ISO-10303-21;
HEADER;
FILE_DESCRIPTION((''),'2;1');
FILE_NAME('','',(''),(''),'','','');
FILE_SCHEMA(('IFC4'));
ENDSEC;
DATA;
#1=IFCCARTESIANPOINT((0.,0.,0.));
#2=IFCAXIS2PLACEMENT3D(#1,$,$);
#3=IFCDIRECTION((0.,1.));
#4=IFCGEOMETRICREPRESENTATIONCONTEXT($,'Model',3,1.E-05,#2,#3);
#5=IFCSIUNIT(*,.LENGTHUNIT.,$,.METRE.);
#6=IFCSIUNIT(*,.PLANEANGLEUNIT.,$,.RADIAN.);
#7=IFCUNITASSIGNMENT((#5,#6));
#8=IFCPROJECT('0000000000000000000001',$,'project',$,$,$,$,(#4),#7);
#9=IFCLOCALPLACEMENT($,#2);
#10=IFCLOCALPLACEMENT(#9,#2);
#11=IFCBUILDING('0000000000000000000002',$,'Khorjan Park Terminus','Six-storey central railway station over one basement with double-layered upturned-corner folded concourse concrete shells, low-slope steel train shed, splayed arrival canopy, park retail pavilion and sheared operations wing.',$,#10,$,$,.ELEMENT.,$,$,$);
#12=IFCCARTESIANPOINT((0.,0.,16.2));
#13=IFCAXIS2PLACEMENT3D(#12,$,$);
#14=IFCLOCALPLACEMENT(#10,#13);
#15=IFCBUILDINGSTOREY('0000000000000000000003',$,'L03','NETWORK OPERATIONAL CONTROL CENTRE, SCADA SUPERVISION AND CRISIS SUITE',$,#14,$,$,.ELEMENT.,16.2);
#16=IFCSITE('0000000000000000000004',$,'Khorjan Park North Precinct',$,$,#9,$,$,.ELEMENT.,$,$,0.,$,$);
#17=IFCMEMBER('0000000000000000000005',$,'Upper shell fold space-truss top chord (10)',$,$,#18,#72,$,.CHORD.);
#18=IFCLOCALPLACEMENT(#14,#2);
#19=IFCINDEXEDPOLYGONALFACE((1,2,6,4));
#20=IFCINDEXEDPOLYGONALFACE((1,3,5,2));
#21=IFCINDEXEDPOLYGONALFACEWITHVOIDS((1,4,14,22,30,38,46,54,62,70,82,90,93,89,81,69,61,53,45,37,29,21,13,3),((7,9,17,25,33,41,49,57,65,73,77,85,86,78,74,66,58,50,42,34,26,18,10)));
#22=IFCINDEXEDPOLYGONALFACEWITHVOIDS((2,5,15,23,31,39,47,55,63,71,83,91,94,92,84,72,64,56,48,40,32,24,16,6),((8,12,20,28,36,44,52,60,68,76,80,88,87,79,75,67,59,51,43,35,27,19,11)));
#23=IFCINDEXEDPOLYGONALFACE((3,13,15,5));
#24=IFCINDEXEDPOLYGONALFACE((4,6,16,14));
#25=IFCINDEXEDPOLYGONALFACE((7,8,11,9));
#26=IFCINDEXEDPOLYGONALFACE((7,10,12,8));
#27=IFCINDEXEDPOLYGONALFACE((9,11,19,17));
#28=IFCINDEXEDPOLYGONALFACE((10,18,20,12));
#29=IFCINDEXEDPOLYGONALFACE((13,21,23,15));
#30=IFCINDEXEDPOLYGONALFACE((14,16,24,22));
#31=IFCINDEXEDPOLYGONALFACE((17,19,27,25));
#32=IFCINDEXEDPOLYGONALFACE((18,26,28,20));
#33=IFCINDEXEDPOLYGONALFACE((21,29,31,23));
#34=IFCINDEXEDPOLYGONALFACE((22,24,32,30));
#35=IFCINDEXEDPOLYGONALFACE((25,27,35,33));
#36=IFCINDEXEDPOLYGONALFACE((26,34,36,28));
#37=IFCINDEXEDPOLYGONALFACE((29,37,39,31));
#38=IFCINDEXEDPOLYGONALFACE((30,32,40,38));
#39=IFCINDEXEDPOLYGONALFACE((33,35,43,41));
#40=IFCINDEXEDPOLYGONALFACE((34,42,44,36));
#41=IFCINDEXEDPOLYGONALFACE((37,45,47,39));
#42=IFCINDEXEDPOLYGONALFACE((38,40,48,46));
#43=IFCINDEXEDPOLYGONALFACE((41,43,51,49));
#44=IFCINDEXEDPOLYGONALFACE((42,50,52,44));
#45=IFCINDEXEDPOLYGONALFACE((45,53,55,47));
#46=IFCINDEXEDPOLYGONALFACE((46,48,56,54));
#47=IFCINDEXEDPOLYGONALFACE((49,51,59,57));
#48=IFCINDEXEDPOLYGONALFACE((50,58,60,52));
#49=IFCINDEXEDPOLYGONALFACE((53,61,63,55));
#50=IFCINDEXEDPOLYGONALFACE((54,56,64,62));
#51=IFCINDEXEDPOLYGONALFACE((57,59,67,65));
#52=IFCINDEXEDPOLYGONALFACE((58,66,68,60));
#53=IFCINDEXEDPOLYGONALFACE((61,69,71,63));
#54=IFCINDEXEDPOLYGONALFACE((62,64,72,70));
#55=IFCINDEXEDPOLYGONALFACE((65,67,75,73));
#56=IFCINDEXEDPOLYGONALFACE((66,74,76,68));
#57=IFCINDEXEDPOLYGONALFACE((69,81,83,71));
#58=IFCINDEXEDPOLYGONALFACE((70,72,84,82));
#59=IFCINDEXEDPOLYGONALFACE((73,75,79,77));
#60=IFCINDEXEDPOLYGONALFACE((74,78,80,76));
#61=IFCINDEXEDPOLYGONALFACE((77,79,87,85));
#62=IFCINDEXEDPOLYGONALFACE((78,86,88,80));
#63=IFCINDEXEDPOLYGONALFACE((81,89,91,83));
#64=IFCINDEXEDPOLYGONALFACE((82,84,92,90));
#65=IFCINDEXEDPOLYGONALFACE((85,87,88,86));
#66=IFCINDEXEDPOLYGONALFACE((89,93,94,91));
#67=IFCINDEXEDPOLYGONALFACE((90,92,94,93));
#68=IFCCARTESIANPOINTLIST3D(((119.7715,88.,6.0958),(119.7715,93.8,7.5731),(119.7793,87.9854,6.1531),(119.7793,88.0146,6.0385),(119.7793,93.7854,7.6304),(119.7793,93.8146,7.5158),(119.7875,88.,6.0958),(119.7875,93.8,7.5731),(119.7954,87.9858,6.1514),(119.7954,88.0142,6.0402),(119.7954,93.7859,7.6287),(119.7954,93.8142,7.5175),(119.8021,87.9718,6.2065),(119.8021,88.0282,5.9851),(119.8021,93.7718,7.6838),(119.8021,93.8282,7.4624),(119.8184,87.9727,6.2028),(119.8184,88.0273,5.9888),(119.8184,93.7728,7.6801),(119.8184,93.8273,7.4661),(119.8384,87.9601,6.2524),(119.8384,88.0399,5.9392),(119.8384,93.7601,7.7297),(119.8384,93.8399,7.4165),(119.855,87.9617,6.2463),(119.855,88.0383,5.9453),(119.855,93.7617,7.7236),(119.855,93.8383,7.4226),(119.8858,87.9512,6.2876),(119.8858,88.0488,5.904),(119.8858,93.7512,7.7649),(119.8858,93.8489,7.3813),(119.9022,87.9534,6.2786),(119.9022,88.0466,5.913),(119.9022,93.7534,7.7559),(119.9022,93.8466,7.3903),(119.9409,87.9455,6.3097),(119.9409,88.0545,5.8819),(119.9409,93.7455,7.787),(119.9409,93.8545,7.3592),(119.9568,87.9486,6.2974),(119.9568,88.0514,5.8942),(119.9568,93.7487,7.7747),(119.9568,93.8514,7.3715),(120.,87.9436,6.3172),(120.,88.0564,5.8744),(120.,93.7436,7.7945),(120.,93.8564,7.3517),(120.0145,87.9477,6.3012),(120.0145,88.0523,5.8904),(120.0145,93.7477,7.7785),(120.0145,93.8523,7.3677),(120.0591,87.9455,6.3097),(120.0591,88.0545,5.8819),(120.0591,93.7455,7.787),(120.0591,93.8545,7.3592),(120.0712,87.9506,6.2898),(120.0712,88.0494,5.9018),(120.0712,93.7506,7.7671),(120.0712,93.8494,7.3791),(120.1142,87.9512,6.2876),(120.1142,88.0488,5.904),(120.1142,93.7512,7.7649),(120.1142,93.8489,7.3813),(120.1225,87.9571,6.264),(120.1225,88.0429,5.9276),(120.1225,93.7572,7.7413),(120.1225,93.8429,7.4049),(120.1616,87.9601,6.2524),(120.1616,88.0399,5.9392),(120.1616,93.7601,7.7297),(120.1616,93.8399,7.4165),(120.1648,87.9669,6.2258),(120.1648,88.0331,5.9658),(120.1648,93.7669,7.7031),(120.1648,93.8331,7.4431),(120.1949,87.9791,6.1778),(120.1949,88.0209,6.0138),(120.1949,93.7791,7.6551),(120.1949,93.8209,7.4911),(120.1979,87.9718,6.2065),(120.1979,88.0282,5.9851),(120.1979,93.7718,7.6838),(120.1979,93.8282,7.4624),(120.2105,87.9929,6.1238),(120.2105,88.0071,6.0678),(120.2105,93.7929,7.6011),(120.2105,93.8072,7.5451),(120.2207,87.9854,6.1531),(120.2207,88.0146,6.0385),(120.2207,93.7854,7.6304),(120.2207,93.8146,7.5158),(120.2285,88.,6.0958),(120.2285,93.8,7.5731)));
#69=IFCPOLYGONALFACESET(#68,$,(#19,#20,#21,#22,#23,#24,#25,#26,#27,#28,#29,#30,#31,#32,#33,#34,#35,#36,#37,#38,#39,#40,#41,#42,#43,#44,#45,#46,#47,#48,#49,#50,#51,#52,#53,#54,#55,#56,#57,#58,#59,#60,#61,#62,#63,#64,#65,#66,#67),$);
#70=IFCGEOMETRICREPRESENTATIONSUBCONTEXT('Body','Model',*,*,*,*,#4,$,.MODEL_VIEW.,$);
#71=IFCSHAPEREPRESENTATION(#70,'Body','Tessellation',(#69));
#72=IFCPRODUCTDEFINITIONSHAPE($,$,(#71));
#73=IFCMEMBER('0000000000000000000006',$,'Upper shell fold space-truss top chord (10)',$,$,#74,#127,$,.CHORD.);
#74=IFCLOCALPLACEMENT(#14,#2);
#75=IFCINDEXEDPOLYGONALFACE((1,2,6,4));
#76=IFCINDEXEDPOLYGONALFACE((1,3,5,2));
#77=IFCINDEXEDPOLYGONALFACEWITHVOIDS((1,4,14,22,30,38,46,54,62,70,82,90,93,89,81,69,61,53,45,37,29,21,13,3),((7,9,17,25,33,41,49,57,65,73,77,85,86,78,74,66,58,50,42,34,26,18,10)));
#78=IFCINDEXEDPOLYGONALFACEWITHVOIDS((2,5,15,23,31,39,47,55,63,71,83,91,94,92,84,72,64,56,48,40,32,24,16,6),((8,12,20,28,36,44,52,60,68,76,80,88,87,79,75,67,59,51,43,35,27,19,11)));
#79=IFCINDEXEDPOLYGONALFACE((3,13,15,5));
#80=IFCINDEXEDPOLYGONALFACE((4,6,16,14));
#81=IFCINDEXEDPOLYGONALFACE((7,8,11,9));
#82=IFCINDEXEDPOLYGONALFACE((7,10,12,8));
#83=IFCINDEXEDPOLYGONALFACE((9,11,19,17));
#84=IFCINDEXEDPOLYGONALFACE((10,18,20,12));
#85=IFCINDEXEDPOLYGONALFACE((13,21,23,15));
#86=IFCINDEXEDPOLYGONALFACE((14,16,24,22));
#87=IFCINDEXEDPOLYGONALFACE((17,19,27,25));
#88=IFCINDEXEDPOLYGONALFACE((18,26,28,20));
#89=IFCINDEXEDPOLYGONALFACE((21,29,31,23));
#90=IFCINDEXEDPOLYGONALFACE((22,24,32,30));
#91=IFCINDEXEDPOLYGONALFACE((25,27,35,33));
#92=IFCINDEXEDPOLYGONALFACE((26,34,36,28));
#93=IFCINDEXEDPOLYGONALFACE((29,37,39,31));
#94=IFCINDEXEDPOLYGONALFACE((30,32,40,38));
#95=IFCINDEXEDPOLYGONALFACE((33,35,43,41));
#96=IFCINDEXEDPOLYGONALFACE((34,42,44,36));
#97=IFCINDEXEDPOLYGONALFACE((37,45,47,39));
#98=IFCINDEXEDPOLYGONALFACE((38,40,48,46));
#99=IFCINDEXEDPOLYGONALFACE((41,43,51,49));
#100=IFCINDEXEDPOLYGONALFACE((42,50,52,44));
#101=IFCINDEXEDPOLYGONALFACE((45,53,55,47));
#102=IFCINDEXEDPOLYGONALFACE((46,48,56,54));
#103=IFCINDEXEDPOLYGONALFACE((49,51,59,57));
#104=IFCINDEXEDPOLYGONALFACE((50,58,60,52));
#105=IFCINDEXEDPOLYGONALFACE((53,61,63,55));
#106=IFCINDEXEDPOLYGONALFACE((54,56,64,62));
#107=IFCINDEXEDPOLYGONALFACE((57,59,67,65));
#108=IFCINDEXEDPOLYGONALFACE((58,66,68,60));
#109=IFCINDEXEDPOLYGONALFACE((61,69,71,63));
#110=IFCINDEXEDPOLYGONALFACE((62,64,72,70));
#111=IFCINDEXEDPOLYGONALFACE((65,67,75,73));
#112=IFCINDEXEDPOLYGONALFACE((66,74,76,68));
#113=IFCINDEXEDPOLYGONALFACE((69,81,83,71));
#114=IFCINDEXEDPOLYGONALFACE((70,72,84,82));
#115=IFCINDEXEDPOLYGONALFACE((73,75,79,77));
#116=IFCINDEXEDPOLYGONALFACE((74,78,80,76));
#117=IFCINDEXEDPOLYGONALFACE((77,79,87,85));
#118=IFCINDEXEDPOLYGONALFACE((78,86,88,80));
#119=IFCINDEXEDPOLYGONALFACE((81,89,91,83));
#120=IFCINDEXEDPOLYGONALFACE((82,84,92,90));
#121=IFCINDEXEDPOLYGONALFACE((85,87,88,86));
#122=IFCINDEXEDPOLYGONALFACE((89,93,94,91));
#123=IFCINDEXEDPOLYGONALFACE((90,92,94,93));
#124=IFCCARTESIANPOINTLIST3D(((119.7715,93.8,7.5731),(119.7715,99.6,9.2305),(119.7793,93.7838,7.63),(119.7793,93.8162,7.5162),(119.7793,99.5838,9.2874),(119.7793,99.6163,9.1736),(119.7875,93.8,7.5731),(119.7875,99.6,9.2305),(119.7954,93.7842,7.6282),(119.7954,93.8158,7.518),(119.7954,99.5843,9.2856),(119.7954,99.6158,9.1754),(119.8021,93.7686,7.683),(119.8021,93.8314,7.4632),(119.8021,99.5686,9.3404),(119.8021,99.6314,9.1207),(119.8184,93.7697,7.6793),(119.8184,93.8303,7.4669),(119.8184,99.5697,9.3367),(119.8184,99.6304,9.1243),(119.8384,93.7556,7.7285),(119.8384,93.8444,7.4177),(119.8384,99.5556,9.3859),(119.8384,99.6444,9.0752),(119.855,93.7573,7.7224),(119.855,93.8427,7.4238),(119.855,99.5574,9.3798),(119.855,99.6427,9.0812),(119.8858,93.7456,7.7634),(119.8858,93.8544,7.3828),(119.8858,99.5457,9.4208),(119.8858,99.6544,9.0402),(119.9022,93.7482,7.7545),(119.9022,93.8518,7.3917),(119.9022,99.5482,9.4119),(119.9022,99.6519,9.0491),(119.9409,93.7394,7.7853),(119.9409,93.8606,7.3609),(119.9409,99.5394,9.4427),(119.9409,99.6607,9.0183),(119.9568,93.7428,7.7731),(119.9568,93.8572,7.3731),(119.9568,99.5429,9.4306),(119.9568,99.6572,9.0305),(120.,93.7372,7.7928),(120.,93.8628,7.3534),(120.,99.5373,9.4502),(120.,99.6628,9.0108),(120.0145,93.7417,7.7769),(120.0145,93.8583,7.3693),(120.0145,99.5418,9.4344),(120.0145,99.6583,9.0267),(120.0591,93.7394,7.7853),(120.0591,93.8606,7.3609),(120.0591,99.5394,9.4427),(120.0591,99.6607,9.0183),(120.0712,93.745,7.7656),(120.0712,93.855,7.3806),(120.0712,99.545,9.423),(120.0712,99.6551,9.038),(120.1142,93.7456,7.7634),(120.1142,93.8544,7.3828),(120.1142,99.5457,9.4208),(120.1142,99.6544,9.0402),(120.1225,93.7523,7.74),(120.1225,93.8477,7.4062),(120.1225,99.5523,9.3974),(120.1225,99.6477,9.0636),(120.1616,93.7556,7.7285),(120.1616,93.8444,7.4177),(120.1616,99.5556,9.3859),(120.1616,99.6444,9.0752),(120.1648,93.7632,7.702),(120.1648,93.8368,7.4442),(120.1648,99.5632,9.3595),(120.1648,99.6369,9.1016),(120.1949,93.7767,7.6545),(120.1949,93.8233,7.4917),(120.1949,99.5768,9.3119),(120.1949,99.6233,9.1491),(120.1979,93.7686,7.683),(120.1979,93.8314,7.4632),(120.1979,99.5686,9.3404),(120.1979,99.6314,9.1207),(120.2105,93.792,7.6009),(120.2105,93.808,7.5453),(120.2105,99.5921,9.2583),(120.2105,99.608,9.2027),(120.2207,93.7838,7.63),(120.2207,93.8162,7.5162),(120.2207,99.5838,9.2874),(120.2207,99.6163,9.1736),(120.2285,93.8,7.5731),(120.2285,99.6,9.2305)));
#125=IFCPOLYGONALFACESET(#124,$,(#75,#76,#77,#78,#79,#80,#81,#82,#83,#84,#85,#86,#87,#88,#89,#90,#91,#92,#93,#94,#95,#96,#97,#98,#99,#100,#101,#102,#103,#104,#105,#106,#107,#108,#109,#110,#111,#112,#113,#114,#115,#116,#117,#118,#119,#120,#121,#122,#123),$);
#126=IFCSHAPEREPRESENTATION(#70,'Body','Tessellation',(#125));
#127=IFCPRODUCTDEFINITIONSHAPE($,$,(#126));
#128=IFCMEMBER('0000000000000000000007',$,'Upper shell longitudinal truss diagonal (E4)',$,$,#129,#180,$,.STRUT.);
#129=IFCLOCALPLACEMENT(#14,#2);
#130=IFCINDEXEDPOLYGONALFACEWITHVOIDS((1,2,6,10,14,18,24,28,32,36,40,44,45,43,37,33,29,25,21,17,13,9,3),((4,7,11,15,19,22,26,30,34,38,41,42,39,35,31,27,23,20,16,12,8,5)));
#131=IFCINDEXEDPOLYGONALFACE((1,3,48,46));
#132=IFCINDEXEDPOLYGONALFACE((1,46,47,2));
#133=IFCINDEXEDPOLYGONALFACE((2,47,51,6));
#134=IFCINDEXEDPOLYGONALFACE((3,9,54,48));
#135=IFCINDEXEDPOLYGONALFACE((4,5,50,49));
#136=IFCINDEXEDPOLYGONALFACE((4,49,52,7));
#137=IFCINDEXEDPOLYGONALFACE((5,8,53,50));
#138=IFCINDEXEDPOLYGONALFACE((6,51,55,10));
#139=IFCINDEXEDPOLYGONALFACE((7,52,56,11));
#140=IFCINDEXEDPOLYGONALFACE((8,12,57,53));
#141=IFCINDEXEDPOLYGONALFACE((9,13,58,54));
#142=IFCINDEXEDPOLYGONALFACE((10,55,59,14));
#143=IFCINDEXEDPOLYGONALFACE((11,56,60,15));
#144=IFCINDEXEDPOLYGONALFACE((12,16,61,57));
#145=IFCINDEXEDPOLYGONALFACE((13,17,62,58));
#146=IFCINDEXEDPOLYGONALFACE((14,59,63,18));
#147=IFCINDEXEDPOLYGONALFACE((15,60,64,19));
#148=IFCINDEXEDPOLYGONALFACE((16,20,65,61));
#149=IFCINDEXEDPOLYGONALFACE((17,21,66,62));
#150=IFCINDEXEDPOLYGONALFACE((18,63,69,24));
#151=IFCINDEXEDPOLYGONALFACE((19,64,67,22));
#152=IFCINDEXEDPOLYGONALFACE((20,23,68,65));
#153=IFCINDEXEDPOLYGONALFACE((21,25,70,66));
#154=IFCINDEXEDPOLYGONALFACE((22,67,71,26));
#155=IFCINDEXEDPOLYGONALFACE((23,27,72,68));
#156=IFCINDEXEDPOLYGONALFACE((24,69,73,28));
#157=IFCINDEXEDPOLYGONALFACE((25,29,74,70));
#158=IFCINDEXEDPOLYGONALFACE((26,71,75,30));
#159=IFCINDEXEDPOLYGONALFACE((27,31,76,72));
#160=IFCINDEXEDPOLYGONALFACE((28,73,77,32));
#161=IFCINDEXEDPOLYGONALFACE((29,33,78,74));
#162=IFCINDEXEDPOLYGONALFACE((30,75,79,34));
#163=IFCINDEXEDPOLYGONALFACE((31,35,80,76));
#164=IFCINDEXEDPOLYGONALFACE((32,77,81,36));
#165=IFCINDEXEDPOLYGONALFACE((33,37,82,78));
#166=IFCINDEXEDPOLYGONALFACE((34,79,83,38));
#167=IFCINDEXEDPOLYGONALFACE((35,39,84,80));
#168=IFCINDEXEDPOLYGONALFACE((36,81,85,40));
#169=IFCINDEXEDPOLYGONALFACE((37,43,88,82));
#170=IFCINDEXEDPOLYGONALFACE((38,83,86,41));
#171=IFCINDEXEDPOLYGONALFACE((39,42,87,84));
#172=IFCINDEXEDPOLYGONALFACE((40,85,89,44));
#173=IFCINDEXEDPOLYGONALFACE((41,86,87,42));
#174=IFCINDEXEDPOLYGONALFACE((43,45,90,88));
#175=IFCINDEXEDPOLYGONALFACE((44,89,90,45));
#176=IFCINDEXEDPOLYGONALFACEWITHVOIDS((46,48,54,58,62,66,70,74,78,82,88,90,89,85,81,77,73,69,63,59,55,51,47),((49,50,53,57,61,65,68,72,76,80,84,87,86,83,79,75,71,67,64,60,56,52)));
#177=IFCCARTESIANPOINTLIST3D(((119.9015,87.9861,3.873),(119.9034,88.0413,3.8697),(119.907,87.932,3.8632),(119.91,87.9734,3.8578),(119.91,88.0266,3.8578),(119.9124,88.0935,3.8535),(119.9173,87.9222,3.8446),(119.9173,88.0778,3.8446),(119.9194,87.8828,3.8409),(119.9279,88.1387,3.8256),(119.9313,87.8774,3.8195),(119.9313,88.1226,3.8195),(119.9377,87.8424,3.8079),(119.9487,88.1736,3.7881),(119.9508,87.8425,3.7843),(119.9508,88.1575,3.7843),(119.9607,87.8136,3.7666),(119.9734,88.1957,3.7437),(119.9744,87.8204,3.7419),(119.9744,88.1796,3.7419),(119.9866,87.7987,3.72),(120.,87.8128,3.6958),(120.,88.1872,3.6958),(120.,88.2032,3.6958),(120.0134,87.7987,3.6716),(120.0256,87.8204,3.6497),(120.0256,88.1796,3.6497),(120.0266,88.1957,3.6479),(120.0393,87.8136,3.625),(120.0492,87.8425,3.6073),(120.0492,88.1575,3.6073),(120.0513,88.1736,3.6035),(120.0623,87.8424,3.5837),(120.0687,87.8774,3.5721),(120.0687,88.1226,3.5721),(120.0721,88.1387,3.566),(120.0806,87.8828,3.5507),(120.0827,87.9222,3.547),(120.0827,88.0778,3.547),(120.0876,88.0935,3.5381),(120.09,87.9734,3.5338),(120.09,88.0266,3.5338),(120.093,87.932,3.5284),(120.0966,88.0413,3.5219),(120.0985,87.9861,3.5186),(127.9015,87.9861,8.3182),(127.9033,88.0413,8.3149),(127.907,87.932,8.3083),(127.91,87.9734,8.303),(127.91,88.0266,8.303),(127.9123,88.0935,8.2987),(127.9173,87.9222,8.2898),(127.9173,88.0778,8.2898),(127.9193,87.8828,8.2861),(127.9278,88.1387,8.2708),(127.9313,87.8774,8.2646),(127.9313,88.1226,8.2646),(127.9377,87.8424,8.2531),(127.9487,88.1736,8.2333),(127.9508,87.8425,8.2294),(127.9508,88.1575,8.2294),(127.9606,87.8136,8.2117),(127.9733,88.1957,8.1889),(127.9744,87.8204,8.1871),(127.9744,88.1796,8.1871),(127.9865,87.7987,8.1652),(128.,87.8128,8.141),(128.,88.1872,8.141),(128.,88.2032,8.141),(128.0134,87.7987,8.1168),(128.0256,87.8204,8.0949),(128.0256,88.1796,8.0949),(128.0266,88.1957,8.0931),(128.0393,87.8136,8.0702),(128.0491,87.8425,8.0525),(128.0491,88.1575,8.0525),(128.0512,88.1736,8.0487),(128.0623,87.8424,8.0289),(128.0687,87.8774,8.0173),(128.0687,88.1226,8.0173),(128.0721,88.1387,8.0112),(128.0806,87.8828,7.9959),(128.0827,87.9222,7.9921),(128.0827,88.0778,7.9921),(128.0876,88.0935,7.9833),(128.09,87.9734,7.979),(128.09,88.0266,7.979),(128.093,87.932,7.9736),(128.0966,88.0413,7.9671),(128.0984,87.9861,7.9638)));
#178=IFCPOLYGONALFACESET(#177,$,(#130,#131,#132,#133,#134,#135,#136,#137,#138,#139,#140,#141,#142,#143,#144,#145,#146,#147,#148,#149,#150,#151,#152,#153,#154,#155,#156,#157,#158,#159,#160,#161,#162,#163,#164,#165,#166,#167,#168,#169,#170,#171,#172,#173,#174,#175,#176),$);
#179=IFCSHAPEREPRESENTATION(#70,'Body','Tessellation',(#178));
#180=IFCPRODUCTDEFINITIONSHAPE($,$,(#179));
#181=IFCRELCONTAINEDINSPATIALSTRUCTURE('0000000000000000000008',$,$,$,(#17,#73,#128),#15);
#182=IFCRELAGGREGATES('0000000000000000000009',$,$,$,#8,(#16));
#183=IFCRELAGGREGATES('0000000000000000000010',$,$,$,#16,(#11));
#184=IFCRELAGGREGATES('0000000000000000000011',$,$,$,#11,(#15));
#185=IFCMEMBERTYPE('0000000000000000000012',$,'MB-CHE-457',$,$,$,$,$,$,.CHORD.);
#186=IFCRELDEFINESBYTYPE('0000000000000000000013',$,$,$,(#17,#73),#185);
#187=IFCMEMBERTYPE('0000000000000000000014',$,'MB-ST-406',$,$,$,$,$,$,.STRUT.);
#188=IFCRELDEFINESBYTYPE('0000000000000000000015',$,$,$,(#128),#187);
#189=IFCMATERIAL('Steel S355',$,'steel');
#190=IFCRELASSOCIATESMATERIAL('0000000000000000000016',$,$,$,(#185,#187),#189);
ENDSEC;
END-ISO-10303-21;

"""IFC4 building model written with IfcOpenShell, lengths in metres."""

from ifc_helpers import new_model, si_unit, direction, frame, origin, origin_2d, place, context, subcontext, project, spatial, hollow_circle, extrude, material, material_profile, profile_set, type_object, element, save


model = new_model("IFC4")

# Units and contexts
model_context = context("Model", 3, precision=1e-05, world=origin(), true_north=direction((0.0, 1.0)))
body_context = subcontext(model_context, "Body", "Model", "MODEL_VIEW")
ifc_project = project(units=[si_unit("LENGTHUNIT", "METRE"), si_unit("PLANEANGLEUNIT", "RADIAN")], contexts=[model_context])

# Site, building, storey
site_placement = place(None, origin())
site = spatial("IfcSite", under=ifc_project, at=site_placement, Name="Khorjan Park North Precinct", CompositionType="ELEMENT", RefElevation=0.0)
building_placement = place(site_placement, origin())
building = spatial("IfcBuilding", under=site, at=building_placement, Name="Khorjan Park Terminus", Description="Six-storey central railway station over one basement with double-layered upturned-corner folded concourse concrete shells, low-slope steel train shed, splayed arrival canopy, park retail pavilion and sheared operations wing.", CompositionType="ELEMENT")
storey_placement = place(building_placement, frame((0.0, 0.0, 16.2)))
storey = spatial("IfcBuildingStorey", under=building, at=storey_placement, Name="L03", Description="NETWORK OPERATIONAL CONTROL CENTRE, SCADA SUPERVISION AND CRISIS SUITE", CompositionType="ELEMENT", Elevation=16.2)

# Members
ifc_material_1 = material(Name="Steel S355", Category="steel")
ifc_material_profile_1 = material_profile(ifc_material_1, hollow_circle(Radius=0.2285, WallThickness=0.016, at=origin_2d()), Name="CHS 457x16")
ifc_profile_set_1 = profile_set([ifc_material_profile_1], Name="Steel S355")
member_type_1 = type_object("IfcMemberType", Name="MB-CHE-457", PredefinedType="CHORD", material=ifc_profile_set_1)
member_1_placement = place(storey_placement, frame((120.0, 88.0, 6.0958), z_axis=(0.0, 0.96906, 0.246826), x_axis=(-1.0, 0.0, 0.0)))
element("IfcMember", 1, at=member_1_placement, inside=storey, type_object=member_type_1, Name="Upper shell fold space-truss top chord (10)", PredefinedType="CHORD", context=body_context, shape_type="SweptSolid", body=[
    extrude(hollow_circle(Radius=0.2285, WallThickness=0.016, at=origin_2d()), origin(), (0.0, 0.0, 1.0), 5.9852),
])
member_2_placement = place(storey_placement, frame((120.0, 93.8, 7.5731), z_axis=(0.0, 0.961513, 0.274761), x_axis=(-1.0, 0.0, 0.0)))
element("IfcMember", 2, at=member_2_placement, inside=storey, type_object=member_type_1, Name="Upper shell fold space-truss top chord (10)", PredefinedType="CHORD", context=body_context, shape_type="SweptSolid", body=[
    extrude(hollow_circle(Radius=0.2285, WallThickness=0.016, at=origin_2d()), origin(), (0.0, 0.0, 1.0), 6.0322),
])
ifc_material_profile_2 = material_profile(ifc_material_1, hollow_circle(Radius=0.2032, WallThickness=0.016, at=origin_2d()), Name="CHS 406.4x16")
ifc_profile_set_2 = profile_set([ifc_material_profile_2], Name="Steel S355")
member_type_2 = type_object("IfcMemberType", Name="MB-ST-406", PredefinedType="STRUT", material=ifc_profile_set_2)
member_3_placement = place(storey_placement, frame((120.0, 88.0, 3.6958), z_axis=(0.874122, 0.0, 0.485706), x_axis=(0.0, 1.0, 0.0)))
element("IfcMember", 3, at=member_3_placement, inside=storey, type_object=member_type_2, Name="Upper shell longitudinal truss diagonal (E4)", PredefinedType="STRUT", context=body_context, shape_type="SweptSolid", body=[
    extrude(hollow_circle(Radius=0.2032, WallThickness=0.016, at=origin_2d()), origin(), (0.0, 0.0, 1.0), 9.152),
])

save(model, "model.ifc")
